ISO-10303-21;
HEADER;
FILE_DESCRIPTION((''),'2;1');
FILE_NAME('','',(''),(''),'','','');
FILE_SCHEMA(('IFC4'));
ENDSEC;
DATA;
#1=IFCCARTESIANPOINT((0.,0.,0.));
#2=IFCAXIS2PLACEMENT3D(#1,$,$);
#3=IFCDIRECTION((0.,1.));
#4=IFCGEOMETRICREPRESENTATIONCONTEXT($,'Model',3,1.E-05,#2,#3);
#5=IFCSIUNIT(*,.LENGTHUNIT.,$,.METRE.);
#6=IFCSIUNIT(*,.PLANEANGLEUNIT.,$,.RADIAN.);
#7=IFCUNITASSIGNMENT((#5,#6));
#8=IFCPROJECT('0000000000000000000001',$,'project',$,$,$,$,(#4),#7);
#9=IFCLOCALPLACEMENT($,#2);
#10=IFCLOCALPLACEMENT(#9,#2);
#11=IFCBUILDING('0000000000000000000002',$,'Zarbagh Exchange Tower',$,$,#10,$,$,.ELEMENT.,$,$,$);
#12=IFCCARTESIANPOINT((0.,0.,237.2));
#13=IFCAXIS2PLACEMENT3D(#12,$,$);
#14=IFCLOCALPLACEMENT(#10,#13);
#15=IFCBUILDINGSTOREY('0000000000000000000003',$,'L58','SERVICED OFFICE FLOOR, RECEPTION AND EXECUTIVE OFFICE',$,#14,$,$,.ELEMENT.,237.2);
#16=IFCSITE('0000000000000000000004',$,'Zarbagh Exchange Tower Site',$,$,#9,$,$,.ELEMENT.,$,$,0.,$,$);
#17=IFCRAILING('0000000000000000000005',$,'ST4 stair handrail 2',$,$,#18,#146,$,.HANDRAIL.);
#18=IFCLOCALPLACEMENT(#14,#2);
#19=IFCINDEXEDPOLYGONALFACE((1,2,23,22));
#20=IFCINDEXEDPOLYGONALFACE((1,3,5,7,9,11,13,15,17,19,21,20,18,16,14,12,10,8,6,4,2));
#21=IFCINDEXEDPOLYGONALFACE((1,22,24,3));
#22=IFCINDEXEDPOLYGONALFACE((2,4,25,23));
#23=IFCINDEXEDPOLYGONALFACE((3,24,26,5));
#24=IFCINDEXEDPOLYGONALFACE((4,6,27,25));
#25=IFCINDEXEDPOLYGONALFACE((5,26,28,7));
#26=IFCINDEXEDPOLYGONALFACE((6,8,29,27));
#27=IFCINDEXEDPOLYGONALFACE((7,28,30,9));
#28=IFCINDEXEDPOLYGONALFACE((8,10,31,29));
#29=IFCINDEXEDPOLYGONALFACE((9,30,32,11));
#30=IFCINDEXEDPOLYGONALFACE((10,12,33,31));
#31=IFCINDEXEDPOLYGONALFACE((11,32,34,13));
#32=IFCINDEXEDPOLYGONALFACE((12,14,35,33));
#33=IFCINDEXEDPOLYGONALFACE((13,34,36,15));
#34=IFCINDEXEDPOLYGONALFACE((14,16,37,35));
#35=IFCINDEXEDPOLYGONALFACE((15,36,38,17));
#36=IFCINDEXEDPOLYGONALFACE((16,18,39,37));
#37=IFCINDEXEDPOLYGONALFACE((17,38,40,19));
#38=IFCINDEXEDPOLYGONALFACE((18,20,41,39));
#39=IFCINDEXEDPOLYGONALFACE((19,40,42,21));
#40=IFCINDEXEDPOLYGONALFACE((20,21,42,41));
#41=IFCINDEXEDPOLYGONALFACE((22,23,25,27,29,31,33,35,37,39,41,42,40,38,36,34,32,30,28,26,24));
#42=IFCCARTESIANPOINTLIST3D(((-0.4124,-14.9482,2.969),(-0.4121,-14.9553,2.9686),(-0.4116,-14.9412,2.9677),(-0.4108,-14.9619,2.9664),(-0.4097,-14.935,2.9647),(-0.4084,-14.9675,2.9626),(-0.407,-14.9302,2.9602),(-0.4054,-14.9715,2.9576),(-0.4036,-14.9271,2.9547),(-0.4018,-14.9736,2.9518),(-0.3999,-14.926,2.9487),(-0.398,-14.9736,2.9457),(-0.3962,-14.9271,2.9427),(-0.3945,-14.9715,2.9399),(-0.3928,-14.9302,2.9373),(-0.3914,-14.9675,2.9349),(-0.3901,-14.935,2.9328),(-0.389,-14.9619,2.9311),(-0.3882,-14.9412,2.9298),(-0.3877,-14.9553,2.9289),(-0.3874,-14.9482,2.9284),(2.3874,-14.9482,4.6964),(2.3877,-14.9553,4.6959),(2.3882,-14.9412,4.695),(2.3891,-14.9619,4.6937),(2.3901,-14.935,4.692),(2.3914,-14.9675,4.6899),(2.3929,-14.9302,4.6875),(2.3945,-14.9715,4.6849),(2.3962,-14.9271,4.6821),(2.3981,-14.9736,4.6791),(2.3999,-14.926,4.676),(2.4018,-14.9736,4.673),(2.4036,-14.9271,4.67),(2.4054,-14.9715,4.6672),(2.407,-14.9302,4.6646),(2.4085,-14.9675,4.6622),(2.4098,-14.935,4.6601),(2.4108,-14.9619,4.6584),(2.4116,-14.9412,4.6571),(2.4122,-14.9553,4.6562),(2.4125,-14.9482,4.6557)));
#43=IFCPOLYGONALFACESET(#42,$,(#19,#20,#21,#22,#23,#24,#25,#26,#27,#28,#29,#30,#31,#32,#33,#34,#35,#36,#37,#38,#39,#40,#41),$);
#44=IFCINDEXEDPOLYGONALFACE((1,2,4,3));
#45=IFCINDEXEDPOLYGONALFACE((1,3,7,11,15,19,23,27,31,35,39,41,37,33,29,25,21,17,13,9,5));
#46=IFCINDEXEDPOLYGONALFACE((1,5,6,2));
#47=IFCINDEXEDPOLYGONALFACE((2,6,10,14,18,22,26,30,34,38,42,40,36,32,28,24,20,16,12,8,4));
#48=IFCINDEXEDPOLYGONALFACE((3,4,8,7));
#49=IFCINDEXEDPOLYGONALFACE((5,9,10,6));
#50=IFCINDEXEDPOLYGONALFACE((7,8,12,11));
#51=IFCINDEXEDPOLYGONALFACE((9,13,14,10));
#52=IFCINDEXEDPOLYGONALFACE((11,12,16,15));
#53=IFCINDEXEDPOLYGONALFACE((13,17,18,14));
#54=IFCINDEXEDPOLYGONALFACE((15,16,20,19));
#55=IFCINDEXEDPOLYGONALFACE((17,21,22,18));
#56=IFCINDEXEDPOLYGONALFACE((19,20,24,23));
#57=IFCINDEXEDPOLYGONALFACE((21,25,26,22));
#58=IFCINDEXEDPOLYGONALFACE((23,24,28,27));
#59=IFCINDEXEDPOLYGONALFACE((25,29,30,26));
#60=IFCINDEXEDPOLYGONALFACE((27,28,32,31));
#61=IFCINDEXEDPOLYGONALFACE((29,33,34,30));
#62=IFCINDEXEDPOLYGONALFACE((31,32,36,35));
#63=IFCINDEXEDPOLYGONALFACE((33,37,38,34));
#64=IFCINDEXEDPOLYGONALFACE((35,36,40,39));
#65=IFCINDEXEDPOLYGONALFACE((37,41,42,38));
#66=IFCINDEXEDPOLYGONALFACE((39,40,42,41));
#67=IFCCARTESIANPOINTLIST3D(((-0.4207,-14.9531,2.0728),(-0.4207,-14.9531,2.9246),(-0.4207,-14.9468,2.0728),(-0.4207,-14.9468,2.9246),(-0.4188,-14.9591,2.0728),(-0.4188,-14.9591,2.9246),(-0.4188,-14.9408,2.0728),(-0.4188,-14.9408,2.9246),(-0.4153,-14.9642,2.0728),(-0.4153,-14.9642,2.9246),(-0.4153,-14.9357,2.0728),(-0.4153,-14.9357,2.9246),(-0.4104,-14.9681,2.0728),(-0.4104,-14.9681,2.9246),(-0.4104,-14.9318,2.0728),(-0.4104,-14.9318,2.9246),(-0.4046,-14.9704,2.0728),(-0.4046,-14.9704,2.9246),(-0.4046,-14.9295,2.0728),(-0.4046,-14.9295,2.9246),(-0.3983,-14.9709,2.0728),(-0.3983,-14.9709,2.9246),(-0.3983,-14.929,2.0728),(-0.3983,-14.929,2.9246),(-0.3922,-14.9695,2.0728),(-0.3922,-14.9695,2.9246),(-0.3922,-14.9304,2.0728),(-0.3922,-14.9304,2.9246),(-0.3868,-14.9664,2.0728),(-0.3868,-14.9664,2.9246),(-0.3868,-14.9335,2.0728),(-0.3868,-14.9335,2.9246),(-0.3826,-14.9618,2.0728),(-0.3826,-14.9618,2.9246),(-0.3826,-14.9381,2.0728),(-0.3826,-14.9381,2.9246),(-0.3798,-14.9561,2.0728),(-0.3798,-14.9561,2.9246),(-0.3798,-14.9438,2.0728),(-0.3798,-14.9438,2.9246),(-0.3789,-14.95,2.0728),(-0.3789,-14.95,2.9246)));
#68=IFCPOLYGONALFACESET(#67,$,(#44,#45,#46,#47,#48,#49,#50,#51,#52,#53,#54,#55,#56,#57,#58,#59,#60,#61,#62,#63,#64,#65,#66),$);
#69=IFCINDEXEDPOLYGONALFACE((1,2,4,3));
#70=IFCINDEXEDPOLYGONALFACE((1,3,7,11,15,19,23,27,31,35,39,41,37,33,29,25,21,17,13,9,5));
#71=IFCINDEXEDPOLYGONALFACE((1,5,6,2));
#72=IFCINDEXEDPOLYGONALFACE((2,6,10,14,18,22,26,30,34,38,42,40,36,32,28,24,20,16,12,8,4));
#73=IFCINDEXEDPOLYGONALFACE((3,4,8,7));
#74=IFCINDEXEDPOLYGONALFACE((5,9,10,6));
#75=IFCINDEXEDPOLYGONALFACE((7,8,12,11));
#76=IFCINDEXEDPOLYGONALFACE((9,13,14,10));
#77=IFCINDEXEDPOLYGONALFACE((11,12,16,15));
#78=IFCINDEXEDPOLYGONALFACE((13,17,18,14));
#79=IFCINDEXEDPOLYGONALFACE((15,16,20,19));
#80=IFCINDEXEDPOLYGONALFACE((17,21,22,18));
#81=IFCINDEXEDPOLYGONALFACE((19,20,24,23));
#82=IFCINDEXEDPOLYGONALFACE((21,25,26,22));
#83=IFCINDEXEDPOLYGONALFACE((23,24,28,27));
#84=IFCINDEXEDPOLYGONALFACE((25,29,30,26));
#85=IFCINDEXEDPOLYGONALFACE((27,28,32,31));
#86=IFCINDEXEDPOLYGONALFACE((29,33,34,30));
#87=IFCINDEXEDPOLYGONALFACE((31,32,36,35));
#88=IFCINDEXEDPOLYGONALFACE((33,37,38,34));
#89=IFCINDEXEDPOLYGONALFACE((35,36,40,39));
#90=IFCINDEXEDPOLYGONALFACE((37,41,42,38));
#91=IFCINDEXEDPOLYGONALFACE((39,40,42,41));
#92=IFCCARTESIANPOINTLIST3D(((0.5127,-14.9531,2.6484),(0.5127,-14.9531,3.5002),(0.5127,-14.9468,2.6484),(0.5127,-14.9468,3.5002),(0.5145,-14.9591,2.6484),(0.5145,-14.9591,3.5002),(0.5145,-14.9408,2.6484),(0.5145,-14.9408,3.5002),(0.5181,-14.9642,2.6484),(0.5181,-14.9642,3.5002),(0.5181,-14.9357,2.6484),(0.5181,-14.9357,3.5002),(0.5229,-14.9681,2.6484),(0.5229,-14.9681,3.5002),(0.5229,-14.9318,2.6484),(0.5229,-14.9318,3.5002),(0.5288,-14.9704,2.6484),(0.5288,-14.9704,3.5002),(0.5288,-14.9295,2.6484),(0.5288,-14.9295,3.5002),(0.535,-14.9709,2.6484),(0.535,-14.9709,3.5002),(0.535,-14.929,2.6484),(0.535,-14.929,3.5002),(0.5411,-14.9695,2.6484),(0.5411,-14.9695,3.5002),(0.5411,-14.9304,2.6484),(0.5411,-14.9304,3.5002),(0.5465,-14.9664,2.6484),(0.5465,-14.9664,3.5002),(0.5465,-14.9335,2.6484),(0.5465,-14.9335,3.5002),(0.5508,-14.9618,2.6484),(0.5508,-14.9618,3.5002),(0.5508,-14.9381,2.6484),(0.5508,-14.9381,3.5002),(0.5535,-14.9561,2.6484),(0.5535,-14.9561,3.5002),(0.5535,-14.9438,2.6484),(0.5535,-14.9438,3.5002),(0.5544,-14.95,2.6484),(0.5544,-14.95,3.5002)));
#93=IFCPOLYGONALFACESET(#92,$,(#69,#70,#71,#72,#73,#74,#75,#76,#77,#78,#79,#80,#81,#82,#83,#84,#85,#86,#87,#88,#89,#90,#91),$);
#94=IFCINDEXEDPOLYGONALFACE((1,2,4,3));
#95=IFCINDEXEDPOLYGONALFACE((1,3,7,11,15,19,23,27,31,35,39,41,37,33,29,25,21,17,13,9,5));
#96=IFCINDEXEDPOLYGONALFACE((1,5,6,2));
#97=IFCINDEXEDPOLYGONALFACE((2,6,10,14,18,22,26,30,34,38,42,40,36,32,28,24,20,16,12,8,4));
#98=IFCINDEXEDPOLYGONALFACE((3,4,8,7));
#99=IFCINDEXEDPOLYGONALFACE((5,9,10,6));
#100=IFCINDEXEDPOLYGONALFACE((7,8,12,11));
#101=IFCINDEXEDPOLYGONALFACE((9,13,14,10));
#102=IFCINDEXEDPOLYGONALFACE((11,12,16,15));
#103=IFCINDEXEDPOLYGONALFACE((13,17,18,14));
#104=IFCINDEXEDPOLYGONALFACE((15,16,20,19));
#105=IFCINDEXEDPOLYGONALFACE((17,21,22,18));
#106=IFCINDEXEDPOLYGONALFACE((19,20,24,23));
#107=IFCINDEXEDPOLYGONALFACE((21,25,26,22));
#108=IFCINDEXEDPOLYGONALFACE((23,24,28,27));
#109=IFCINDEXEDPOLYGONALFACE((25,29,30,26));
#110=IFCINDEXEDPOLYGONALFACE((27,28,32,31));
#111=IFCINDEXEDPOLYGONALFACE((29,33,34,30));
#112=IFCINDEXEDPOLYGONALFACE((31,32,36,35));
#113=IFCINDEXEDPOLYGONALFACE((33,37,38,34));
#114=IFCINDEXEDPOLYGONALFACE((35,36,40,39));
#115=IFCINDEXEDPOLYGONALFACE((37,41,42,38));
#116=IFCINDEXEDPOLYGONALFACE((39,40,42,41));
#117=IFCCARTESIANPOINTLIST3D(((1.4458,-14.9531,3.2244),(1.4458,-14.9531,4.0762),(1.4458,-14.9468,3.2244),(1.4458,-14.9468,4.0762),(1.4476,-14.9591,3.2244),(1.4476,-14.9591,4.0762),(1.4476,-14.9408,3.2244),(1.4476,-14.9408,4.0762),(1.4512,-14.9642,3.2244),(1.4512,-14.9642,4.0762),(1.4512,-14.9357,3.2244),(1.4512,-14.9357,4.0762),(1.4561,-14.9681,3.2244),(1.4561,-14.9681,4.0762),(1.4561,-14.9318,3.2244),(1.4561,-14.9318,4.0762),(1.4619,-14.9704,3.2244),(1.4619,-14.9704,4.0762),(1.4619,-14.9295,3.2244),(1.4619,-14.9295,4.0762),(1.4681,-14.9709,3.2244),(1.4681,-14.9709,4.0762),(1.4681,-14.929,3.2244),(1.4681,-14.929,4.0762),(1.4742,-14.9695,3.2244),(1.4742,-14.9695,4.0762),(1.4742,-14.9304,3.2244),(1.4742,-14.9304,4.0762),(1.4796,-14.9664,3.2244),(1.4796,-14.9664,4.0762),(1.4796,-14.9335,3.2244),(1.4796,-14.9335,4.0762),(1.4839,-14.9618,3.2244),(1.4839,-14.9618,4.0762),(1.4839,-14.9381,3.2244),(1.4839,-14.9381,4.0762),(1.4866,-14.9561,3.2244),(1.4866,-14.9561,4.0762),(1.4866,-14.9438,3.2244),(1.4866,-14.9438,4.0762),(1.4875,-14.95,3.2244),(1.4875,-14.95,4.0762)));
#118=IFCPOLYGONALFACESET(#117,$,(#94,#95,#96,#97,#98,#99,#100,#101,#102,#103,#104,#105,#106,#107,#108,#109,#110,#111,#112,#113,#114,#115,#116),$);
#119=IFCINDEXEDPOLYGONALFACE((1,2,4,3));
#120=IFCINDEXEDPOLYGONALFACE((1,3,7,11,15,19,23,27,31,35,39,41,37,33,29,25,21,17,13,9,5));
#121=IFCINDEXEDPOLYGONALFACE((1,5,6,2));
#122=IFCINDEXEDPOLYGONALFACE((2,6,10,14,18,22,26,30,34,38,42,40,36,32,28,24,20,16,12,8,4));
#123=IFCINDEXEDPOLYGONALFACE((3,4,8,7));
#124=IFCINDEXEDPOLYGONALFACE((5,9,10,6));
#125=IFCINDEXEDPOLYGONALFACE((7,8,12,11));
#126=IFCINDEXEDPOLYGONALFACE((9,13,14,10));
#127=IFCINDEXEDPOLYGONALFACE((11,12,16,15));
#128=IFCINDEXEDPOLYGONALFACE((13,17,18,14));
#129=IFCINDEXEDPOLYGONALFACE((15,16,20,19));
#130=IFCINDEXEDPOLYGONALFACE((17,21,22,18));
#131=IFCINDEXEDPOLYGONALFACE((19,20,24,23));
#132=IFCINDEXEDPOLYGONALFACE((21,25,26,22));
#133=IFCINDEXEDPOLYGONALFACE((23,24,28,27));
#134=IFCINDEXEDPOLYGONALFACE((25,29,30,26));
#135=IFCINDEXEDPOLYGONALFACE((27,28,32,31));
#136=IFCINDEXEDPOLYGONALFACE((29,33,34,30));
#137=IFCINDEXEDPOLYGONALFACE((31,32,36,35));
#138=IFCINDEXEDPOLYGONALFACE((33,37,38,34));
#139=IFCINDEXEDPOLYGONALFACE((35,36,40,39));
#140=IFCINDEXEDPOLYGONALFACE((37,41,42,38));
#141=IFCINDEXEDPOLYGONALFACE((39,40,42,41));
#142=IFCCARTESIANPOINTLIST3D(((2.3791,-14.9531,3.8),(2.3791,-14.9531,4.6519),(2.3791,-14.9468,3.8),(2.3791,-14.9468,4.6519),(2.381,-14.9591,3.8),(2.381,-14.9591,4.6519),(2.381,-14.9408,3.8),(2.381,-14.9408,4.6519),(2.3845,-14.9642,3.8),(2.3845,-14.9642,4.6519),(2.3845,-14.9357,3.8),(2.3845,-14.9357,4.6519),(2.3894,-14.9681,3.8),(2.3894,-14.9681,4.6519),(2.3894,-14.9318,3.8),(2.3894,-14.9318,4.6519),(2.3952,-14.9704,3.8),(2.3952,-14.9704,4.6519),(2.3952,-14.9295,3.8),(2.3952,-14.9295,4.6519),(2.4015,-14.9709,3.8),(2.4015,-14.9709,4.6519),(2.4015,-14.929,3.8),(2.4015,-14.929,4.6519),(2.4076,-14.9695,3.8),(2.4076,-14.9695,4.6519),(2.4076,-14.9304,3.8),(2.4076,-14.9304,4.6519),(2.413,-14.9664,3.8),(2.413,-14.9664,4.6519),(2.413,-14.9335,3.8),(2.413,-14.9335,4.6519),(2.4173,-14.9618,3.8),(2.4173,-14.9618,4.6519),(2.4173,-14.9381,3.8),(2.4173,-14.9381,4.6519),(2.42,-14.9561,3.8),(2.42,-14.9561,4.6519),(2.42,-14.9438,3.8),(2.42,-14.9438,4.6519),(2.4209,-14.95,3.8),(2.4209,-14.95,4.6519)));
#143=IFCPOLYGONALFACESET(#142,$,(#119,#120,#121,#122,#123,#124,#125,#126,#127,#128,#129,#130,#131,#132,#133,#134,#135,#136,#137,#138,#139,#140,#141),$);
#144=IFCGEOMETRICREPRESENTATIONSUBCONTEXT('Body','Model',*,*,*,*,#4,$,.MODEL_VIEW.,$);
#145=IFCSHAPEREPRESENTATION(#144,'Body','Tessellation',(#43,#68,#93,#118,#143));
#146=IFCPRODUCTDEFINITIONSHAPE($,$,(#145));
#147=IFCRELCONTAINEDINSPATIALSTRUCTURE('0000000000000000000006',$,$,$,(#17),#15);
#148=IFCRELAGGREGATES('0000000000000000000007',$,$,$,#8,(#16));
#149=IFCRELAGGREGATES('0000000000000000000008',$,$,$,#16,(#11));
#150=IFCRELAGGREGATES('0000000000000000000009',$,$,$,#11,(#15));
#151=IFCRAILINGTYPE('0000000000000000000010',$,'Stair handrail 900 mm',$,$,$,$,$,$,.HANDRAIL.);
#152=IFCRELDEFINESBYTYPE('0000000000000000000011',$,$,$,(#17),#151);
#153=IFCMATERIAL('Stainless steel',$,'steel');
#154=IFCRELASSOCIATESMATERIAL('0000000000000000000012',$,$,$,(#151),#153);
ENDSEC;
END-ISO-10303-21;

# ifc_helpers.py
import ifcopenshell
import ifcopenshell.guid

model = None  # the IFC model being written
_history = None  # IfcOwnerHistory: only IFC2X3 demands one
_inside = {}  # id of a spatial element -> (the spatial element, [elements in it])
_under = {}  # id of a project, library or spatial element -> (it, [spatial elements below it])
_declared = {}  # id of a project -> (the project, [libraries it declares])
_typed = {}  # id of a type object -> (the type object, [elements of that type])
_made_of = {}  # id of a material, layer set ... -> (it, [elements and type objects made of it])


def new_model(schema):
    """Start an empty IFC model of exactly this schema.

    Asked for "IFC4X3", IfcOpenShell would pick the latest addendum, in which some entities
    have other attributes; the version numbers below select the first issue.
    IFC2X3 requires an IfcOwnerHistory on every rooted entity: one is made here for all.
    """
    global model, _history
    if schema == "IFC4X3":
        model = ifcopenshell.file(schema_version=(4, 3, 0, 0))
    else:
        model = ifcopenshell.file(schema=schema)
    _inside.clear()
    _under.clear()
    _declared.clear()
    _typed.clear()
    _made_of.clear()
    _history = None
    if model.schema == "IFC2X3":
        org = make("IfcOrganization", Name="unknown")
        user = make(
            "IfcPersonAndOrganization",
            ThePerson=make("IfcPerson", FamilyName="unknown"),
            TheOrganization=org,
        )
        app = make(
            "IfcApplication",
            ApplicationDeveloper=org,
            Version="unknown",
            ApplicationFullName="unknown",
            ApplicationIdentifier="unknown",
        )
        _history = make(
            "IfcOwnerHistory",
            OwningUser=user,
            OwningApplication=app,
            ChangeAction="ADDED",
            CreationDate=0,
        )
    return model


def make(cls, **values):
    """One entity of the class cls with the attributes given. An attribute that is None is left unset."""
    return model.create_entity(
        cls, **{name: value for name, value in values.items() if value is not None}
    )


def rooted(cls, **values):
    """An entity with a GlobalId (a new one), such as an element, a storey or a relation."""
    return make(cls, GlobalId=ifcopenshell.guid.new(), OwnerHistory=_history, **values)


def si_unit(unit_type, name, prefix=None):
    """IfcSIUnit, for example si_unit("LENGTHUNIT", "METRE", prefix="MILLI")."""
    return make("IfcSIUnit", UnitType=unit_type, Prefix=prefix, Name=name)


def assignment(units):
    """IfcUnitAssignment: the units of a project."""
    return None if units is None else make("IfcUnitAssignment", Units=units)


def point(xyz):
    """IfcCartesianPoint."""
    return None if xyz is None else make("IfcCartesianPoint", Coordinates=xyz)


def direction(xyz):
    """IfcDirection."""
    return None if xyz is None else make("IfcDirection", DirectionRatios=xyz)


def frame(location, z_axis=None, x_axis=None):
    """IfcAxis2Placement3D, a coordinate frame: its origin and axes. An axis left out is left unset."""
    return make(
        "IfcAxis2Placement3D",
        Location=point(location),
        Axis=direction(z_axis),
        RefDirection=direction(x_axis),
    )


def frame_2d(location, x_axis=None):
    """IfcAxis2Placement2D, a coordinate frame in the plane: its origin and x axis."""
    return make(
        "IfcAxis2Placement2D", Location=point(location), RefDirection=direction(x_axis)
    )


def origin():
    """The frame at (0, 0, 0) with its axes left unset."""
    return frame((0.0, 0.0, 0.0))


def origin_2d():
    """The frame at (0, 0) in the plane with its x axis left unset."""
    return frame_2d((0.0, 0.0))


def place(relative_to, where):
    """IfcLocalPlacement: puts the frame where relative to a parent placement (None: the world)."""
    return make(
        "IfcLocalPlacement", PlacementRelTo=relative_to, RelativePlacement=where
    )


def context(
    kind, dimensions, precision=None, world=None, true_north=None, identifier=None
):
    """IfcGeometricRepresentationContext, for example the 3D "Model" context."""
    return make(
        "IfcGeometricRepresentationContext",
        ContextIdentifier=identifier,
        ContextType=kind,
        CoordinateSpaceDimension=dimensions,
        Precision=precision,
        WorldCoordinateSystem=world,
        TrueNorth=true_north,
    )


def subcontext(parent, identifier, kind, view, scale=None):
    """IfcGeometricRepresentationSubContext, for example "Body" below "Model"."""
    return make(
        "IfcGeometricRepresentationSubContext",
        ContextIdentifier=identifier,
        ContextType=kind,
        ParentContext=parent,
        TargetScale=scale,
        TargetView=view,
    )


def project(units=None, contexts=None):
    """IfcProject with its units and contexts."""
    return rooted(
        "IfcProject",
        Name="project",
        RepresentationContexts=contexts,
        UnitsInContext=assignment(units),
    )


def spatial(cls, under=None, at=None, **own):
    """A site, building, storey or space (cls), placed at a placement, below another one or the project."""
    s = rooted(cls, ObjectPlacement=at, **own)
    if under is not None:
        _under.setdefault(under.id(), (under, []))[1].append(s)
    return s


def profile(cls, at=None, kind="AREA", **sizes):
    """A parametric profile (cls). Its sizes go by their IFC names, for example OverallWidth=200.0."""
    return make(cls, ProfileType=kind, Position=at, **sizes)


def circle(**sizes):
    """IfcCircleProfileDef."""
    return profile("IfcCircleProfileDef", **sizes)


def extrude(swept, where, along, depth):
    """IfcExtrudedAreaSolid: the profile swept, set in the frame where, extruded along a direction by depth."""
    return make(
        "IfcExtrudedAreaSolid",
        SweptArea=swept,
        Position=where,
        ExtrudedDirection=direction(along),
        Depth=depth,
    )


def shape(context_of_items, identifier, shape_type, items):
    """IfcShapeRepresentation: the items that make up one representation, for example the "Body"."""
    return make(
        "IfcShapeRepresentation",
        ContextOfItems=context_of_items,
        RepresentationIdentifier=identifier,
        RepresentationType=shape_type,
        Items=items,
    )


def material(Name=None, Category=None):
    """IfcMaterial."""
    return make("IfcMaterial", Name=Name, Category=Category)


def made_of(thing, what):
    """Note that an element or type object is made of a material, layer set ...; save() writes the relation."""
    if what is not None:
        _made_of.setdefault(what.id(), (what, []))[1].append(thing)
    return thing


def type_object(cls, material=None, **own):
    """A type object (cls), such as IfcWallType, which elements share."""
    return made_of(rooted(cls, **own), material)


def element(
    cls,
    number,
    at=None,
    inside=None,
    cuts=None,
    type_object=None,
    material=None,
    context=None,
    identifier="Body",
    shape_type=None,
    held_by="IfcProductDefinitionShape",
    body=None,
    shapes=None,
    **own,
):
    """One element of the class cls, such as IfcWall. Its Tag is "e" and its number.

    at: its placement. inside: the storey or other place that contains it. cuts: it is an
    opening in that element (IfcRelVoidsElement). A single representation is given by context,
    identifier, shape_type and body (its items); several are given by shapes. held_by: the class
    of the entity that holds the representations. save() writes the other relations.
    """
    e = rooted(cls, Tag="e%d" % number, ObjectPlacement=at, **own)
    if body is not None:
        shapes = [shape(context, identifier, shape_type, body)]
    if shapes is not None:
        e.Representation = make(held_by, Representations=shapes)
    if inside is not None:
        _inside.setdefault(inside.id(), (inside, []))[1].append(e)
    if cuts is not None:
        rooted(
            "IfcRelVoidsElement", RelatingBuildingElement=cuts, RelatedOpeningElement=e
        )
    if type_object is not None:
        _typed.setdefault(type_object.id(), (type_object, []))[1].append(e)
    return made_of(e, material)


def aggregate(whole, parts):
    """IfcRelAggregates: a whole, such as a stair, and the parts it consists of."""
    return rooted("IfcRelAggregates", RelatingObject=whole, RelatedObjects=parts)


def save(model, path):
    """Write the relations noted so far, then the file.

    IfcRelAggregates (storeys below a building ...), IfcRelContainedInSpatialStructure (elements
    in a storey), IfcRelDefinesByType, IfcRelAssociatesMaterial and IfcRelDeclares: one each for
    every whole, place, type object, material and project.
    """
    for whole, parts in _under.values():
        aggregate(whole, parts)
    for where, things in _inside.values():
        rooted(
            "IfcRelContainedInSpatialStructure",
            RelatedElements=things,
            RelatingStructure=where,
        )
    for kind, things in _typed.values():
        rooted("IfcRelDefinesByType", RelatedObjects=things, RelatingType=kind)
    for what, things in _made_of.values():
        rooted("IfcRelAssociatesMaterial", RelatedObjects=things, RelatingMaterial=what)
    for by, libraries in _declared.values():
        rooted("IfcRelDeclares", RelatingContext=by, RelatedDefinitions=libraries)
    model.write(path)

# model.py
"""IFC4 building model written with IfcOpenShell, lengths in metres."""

from ifc_helpers import new_model, si_unit, direction, frame, origin, origin_2d, place, context, subcontext, project, spatial, circle, extrude, material, type_object, element, save


model = new_model("IFC4")

# Units and contexts
model_context = context("Model", 3, precision=1e-05, world=origin(), true_north=direction((0.0, 1.0)))
body_context = subcontext(model_context, "Body", "Model", "MODEL_VIEW")
ifc_project = project(units=[si_unit("LENGTHUNIT", "METRE"), si_unit("PLANEANGLEUNIT", "RADIAN")], contexts=[model_context])

# Site, building, storey
site_placement = place(None, origin())
site = spatial("IfcSite", under=ifc_project, at=site_placement, Name="Zarbagh Exchange Tower Site", CompositionType="ELEMENT", RefElevation=0.0)
building_placement = place(site_placement, origin())
building = spatial("IfcBuilding", under=site, at=building_placement, Name="Zarbagh Exchange Tower", CompositionType="ELEMENT")
storey_placement = place(building_placement, frame((0.0, 0.0, 237.2)))
storey = spatial("IfcBuildingStorey", under=building, at=storey_placement, Name="L58", Description="SERVICED OFFICE FLOOR, RECEPTION AND EXECUTIVE OFFICE", CompositionType="ELEMENT", Elevation=237.2)

# Shared definitions
ifc_material_1 = material(Name="Stainless steel", Category="steel")

# Railing
railing_type = type_object("IfcRailingType", Name="Stair handrail 900 mm", PredefinedType="HANDRAIL", material=ifc_material_1)
railing_placement = place(storey_placement, frame((-0.3999, -14.95, 2.0728)))
element("IfcRailing", 1, at=railing_placement, inside=storey, type_object=railing_type, Name="ST4 stair handrail 2", PredefinedType="HANDRAIL", context=body_context, shape_type="SweptSolid", body=[
    extrude(circle(Radius=0.0239, at=origin_2d()), frame((0.0, 0.0, 0.876), z_axis=(0.851069, 0.0, 0.525054), x_axis=(0.0, 1.0, 0.0)), (0.0, 0.0, 1.0), 3.2898),
    extrude(circle(Radius=0.021, at=origin_2d()), origin(), (0.0, 0.0, 1.0), 0.8518),
    extrude(circle(Radius=0.021, at=origin_2d()), frame((0.9333, 0.0, 0.5757)), (0.0, 0.0, 1.0), 0.8518),
    extrude(circle(Radius=0.021, at=origin_2d()), frame((1.8665, 0.0, 1.1516)), (0.0, 0.0, 1.0), 0.8518),
    extrude(circle(Radius=0.021, at=origin_2d()), frame((2.7998, 0.0, 1.7273)), (0.0, 0.0, 1.0), 0.8518),
])

save(model, "model.ifc")
